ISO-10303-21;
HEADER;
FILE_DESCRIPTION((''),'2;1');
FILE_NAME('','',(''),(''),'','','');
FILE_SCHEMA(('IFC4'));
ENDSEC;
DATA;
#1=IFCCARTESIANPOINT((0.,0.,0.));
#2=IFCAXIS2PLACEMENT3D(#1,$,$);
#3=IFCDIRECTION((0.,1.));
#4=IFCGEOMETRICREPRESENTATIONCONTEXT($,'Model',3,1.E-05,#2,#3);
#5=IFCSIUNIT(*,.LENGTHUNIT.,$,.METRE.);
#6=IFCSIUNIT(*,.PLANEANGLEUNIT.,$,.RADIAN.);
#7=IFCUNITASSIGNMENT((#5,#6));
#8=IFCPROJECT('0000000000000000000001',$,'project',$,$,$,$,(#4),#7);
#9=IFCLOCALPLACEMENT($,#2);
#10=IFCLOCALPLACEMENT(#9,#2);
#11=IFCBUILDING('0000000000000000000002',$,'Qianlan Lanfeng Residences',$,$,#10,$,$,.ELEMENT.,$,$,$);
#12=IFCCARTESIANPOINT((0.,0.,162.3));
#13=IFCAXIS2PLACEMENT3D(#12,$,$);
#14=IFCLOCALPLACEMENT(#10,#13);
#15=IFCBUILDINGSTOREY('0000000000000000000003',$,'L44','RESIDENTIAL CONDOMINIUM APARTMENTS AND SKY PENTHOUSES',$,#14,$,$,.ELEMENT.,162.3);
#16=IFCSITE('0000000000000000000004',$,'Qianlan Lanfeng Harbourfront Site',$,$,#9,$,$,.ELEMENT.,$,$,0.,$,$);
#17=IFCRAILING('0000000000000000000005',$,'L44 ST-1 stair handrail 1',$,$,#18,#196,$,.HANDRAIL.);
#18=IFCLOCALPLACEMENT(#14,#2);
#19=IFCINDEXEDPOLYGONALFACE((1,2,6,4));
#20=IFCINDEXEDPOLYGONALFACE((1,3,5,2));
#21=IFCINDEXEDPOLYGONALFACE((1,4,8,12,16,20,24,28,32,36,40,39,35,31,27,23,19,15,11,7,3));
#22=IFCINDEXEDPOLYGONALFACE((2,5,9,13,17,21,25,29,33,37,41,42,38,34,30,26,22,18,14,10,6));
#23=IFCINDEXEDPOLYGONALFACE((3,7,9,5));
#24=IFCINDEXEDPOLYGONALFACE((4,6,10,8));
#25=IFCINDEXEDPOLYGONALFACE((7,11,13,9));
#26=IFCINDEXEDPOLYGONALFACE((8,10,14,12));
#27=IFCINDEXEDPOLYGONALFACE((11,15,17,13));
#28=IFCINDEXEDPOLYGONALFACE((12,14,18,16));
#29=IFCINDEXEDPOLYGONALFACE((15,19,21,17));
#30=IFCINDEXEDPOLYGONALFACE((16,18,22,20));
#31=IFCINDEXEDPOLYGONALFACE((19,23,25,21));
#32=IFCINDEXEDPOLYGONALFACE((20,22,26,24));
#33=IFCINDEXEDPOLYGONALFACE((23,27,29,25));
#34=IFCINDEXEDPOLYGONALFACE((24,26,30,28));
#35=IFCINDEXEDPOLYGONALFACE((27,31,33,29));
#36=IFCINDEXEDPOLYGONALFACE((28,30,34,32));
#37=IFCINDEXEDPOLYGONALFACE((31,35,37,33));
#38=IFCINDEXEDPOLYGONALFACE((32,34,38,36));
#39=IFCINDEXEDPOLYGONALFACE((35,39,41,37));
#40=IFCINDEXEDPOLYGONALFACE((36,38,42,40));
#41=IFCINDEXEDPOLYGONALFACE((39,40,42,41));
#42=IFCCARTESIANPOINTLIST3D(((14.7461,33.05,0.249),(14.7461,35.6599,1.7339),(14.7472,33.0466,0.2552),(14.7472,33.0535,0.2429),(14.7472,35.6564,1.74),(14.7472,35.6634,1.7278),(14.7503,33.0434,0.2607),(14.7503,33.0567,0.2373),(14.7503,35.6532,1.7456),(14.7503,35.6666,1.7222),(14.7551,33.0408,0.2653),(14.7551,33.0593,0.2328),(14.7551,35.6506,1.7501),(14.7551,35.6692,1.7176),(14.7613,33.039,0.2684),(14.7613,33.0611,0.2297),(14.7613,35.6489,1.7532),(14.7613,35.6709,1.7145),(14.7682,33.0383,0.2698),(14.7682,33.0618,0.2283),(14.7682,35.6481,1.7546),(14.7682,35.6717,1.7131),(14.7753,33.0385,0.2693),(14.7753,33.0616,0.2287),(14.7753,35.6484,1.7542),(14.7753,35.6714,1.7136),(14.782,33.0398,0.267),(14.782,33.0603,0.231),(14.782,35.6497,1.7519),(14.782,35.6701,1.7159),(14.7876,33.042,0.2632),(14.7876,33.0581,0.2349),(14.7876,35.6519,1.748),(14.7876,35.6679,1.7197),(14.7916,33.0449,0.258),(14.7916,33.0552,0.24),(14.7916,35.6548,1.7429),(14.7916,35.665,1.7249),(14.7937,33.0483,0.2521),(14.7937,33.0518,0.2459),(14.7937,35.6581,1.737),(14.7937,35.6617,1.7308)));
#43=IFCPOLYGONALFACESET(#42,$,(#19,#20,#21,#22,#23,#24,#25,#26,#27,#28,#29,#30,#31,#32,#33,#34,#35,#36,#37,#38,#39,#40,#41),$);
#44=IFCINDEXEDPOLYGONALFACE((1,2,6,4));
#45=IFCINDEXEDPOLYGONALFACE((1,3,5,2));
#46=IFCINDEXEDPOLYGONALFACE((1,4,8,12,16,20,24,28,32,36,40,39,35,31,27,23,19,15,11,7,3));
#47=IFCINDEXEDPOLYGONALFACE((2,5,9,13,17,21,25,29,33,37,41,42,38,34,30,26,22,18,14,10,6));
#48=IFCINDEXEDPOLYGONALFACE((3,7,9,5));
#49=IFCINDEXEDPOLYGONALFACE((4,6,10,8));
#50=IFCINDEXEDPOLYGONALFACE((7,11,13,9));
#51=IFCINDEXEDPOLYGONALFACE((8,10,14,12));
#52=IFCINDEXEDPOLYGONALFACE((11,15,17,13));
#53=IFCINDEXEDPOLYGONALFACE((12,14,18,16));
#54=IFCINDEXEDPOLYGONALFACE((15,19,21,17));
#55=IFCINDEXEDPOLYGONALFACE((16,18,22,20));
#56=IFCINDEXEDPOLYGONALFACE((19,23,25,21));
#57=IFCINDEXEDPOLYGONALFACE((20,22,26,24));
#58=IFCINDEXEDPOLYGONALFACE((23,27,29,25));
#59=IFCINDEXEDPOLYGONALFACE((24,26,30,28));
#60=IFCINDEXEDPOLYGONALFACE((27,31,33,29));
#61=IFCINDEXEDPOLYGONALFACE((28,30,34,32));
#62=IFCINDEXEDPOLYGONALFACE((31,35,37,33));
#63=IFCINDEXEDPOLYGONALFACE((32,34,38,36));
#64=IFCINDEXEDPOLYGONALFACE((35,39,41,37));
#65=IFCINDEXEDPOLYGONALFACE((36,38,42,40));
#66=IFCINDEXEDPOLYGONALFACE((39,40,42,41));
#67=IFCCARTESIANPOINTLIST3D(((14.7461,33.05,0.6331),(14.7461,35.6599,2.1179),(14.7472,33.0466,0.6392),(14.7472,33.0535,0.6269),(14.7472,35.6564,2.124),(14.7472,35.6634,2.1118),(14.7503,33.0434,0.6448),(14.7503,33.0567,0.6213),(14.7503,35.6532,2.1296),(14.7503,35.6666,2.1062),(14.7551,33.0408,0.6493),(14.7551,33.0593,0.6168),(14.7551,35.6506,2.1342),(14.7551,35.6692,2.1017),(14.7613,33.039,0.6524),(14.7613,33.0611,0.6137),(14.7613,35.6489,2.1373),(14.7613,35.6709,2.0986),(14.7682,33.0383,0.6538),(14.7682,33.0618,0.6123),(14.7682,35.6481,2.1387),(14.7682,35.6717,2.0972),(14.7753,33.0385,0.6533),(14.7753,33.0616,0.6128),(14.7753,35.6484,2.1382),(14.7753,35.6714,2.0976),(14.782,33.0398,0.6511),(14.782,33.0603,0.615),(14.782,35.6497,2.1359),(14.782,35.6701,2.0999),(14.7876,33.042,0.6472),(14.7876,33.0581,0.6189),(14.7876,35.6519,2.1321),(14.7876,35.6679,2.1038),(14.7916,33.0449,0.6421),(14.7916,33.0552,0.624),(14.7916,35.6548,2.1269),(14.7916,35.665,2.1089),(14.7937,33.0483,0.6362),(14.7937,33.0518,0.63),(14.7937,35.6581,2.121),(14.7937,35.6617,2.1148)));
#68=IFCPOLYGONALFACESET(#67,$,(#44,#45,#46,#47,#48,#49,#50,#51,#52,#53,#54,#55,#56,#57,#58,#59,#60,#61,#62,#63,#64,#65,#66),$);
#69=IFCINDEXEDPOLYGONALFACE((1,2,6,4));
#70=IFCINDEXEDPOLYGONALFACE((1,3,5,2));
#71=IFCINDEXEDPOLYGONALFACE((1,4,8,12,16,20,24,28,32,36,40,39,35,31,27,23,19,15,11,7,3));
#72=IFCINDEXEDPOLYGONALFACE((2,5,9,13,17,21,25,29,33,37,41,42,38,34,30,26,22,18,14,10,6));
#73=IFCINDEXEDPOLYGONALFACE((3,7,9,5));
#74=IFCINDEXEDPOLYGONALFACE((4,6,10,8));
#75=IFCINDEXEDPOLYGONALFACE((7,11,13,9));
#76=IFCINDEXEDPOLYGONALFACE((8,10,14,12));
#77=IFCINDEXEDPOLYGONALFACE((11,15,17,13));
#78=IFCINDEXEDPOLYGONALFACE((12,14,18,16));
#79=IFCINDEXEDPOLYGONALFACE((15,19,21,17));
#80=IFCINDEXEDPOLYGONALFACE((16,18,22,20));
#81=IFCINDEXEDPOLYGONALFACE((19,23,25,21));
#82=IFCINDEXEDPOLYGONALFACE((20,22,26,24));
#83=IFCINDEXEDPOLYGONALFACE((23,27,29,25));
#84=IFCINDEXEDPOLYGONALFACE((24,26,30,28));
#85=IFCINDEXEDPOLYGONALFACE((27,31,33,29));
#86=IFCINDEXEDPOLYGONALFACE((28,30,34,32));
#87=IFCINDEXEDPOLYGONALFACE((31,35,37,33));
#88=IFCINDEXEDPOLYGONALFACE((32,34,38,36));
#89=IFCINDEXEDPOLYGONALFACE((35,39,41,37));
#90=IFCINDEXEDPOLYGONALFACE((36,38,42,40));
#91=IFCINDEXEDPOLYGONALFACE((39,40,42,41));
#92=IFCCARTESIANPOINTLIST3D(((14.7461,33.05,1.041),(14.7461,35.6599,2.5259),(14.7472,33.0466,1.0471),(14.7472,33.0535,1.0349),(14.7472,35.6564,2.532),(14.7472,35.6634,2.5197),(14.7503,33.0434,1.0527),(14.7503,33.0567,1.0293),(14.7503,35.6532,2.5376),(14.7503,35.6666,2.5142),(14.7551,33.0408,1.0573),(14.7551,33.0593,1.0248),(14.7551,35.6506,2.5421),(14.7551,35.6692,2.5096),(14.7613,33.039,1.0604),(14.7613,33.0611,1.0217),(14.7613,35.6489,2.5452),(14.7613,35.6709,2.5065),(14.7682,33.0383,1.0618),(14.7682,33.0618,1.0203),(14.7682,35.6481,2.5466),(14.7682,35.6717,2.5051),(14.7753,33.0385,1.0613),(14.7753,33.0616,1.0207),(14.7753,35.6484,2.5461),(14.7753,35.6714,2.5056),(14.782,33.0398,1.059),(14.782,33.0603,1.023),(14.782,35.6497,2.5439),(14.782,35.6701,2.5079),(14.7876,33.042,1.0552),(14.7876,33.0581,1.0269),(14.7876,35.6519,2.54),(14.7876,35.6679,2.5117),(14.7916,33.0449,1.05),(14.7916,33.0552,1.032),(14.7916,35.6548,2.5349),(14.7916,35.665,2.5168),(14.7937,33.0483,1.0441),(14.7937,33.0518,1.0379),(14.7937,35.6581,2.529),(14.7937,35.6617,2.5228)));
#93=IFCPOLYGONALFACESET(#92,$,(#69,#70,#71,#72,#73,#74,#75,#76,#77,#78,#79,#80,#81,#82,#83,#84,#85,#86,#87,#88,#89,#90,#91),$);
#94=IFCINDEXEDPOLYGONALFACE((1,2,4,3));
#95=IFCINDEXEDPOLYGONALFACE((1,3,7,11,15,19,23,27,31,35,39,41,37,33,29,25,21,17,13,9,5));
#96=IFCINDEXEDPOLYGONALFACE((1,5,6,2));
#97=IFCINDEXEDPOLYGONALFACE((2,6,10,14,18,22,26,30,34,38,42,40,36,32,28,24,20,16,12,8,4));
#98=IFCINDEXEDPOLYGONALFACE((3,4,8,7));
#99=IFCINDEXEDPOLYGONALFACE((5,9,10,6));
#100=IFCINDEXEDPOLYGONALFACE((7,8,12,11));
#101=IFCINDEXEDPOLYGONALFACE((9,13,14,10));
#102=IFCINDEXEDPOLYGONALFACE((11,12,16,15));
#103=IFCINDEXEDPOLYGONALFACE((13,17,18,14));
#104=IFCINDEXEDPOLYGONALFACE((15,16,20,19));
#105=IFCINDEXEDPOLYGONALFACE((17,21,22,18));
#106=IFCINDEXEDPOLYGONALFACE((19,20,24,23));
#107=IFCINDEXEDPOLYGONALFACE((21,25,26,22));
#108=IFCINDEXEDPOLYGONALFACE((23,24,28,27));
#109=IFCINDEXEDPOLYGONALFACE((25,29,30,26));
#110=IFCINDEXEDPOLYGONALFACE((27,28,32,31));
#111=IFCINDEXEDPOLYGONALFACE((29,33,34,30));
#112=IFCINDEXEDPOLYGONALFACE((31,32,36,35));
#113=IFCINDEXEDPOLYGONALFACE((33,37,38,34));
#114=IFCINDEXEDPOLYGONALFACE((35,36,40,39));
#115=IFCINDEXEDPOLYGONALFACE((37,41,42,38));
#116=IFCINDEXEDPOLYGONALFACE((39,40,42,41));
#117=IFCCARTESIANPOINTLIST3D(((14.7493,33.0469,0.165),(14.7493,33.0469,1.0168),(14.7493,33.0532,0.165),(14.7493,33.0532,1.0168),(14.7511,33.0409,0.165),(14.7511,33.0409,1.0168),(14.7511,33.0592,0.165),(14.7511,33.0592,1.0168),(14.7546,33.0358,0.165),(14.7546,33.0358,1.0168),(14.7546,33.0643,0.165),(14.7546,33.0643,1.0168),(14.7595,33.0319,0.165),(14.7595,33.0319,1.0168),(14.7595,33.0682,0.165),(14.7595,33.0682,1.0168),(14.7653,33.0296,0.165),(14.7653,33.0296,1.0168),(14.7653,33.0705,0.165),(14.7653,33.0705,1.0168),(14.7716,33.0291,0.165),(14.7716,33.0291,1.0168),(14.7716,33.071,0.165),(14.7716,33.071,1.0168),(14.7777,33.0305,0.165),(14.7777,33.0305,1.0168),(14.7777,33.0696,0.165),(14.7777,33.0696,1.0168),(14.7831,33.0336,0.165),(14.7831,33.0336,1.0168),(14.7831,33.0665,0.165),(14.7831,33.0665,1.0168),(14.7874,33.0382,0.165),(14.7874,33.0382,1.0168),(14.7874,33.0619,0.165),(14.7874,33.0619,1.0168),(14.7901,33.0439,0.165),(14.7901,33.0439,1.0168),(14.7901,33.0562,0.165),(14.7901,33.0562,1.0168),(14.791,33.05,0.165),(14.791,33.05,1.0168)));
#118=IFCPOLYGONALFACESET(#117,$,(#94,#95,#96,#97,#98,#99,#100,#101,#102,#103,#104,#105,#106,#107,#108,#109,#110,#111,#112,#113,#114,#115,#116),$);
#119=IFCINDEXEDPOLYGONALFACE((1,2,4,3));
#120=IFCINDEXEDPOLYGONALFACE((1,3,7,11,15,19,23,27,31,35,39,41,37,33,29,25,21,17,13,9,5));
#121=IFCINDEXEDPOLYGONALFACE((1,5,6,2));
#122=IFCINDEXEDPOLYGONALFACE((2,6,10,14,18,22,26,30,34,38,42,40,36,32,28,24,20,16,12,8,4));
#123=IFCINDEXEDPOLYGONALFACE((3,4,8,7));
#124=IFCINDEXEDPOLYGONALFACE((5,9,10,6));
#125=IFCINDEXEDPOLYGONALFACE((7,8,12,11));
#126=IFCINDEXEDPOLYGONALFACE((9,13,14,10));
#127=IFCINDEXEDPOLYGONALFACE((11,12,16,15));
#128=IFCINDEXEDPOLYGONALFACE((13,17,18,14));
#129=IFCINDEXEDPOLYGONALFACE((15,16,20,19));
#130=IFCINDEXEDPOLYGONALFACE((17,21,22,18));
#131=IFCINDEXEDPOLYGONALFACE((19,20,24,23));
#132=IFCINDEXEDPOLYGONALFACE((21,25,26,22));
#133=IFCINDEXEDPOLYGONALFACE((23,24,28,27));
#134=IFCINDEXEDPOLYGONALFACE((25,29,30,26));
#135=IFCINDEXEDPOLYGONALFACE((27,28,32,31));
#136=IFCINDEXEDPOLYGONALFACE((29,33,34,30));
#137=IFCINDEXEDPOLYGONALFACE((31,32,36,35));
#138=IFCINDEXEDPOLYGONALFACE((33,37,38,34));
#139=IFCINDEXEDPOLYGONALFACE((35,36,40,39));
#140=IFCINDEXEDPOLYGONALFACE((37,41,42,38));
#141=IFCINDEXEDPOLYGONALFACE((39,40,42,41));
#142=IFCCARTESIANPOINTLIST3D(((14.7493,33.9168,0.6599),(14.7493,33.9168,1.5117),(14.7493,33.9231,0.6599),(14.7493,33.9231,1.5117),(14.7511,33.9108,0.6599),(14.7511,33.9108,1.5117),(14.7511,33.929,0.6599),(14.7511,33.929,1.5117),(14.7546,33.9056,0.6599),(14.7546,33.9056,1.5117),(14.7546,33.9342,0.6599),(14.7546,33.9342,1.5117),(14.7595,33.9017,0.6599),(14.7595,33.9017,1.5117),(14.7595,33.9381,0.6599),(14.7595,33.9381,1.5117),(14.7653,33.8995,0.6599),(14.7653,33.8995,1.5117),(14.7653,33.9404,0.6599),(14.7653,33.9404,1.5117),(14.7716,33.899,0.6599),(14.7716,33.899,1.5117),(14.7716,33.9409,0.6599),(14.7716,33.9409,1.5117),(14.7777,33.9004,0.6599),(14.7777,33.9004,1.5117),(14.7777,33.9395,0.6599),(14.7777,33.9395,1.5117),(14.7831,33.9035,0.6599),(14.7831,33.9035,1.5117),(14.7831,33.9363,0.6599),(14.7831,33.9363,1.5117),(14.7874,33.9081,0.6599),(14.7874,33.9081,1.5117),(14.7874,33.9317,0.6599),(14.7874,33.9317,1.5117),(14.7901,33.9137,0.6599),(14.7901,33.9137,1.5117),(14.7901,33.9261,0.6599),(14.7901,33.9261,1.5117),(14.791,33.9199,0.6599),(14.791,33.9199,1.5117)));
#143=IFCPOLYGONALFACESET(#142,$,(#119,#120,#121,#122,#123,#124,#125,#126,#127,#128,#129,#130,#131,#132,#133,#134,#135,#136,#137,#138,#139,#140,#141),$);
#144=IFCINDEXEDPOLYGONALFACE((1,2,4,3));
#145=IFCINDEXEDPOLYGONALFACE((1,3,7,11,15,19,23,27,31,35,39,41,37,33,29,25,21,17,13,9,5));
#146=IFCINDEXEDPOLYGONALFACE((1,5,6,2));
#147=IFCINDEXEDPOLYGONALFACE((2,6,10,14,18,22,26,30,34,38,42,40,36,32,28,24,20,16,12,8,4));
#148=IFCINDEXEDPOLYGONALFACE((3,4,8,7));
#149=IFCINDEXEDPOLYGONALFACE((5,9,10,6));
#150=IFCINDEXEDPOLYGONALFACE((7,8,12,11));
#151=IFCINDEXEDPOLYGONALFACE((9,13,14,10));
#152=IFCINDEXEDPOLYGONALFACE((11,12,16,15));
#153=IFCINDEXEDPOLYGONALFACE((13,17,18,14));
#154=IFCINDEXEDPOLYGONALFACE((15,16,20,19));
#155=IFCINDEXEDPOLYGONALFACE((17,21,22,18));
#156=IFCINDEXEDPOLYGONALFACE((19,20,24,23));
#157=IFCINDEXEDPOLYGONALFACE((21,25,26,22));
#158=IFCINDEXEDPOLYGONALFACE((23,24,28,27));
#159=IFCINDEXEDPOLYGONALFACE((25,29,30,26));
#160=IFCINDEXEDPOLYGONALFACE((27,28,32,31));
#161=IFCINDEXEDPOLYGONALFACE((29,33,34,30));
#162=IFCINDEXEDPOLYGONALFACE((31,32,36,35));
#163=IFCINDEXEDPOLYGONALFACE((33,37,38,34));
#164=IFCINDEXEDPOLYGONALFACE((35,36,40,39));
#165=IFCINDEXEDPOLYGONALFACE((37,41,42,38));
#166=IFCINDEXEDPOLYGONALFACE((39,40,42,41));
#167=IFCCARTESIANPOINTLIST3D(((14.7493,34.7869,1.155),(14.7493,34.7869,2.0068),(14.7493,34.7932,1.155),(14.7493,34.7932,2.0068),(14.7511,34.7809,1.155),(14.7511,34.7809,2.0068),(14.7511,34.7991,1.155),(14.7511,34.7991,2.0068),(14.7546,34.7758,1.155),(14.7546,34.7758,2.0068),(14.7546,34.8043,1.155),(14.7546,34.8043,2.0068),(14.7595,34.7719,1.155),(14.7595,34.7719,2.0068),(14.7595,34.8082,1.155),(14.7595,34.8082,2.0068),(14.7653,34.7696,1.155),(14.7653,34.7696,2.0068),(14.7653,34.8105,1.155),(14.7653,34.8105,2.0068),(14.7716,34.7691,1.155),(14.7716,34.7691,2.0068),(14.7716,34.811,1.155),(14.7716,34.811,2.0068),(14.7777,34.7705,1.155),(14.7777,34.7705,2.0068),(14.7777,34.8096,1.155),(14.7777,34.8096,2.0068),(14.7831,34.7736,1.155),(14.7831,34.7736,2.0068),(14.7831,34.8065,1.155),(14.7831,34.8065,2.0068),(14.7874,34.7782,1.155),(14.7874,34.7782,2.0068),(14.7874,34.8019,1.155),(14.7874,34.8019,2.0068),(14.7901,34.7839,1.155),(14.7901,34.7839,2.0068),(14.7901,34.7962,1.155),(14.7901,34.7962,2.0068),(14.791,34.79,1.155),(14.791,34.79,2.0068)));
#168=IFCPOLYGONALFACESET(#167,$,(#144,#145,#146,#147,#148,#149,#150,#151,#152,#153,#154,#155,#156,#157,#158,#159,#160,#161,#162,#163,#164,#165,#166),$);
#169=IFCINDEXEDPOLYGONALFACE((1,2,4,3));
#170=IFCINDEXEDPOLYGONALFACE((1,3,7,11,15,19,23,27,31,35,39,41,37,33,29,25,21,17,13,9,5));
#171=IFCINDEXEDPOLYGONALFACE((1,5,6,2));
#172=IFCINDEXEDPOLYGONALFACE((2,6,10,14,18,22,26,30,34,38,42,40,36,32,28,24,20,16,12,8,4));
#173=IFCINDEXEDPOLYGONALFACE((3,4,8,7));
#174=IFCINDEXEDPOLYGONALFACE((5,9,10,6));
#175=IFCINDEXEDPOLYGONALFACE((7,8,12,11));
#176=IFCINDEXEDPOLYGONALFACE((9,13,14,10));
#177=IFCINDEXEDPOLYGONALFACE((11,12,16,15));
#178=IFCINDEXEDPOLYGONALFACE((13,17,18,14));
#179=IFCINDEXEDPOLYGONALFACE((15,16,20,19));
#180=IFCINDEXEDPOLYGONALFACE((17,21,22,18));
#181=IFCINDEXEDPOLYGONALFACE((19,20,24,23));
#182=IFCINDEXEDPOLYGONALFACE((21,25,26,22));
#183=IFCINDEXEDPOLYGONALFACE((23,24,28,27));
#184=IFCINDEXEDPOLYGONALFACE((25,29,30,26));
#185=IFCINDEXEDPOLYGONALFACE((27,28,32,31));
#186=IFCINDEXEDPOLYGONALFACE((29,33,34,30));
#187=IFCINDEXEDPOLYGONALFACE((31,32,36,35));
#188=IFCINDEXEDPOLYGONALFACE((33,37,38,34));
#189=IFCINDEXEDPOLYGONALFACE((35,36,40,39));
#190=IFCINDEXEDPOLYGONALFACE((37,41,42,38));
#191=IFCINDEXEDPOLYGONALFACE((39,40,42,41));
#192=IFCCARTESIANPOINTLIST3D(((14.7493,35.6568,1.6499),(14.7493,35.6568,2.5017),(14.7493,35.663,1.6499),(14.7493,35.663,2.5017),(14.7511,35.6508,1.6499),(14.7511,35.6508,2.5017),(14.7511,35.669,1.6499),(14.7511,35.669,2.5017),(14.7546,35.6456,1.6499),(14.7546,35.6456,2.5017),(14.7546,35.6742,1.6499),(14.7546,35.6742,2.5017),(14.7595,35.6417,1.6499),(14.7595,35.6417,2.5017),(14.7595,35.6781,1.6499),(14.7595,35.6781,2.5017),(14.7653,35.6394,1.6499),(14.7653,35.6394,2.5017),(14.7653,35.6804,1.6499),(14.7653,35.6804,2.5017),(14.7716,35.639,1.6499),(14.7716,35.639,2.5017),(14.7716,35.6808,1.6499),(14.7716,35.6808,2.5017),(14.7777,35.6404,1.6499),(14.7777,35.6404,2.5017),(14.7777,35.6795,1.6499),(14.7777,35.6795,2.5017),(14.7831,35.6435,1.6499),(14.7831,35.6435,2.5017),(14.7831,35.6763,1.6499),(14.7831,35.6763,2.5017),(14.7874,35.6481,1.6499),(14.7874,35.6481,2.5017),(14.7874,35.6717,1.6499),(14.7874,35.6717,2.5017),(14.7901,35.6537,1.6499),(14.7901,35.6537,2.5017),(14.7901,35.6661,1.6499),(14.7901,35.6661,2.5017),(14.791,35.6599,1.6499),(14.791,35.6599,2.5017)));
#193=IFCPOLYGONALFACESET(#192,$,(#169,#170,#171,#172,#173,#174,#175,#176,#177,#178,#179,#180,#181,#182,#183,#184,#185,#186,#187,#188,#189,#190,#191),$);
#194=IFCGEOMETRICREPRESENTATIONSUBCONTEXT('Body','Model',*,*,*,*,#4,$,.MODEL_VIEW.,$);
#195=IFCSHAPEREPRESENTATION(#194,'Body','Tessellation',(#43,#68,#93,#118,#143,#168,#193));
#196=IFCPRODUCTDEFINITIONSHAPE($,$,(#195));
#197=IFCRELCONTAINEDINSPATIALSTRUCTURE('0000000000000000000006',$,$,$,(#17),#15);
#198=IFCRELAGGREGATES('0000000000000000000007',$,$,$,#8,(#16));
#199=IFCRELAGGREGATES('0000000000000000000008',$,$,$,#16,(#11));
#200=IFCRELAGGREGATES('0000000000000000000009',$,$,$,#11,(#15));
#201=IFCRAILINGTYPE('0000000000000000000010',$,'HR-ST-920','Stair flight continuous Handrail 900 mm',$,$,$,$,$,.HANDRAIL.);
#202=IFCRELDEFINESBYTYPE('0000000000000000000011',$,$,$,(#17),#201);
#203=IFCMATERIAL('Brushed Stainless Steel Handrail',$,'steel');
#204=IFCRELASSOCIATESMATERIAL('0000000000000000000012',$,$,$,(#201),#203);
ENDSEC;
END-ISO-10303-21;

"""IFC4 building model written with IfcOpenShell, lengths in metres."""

from ifc_helpers import new_model, si_unit, direction, frame, origin, origin_2d, place, context, subcontext, project, spatial, circle, extrude, material, type_object, element, save


model = new_model("IFC4")

# Units and contexts
model_context = context("Model", 3, precision=1e-05, world=origin(), true_north=direction((0.0, 1.0)))
body_context = subcontext(model_context, "Body", "Model", "MODEL_VIEW")
ifc_project = project(units=[si_unit("LENGTHUNIT", "METRE"), si_unit("PLANEANGLEUNIT", "RADIAN")], contexts=[model_context])

# Site, building, storey
site_placement = place(None, origin())
site = spatial("IfcSite", under=ifc_project, at=site_placement, Name="Qianlan Lanfeng Harbourfront Site", CompositionType="ELEMENT", RefElevation=0.0)
building_placement = place(site_placement, origin())
building = spatial("IfcBuilding", under=site, at=building_placement, Name="Qianlan Lanfeng Residences", CompositionType="ELEMENT")
storey_placement = place(building_placement, frame((0.0, 0.0, 162.3)))
storey = spatial("IfcBuildingStorey", under=building, at=storey_placement, Name="L44", Description="RESIDENTIAL CONDOMINIUM APARTMENTS AND SKY PENTHOUSES", CompositionType="ELEMENT", Elevation=162.3)

# Railing
ifc_material_1 = material(Name="Brushed Stainless Steel Handrail", Category="steel")
railing_type_1 = type_object("IfcRailingType", Name="HR-ST-920", Description="Stair flight continuous Handrail 900 mm", PredefinedType="HANDRAIL", material=ifc_material_1)
railing_1_placement = place(storey_placement, frame((14.77, 33.05, 0.165)))
element("IfcRailing", 1, at=railing_1_placement, inside=storey, type_object=railing_type_1, Name="L44 ST-1 stair handrail 1", PredefinedType="HANDRAIL", context=body_context, shape_type="SweptSolid", body=[
    extrude(circle(Radius=0.0239, at=origin_2d()), frame((0.0, 0.0, 0.084), z_axis=(0.0, 0.869172, 0.494509), x_axis=(-1.0, 0.0, 0.0)), (0.0, 0.0, 1.0), 3.0027),
    extrude(circle(Radius=0.0239, at=origin_2d()), frame((0.0, 0.0, 0.468), z_axis=(0.0, 0.869172, 0.494509), x_axis=(-1.0, 0.0, 0.0)), (0.0, 0.0, 1.0), 3.0027),
    extrude(circle(Radius=0.0239, at=origin_2d()), frame((0.0, 0.0, 0.876), z_axis=(0.0, 0.869172, 0.494509), x_axis=(-1.0, 0.0, 0.0)), (0.0, 0.0, 1.0), 3.0027),
    extrude(circle(Radius=0.021, at=origin_2d()), origin(), (0.0, 0.0, 1.0), 0.8518),
    extrude(circle(Radius=0.021, at=origin_2d()), frame((0.0, 0.8699, 0.4949)), (0.0, 0.0, 1.0), 0.8518),
    extrude(circle(Radius=0.021, at=origin_2d()), frame((0.0, 1.74, 0.99)), (0.0, 0.0, 1.0), 0.8518),
    extrude(circle(Radius=0.021, at=origin_2d()), frame((0.0, 2.6099, 1.4849)), (0.0, 0.0, 1.0), 0.8518),
])

save(model, "model.ifc")
